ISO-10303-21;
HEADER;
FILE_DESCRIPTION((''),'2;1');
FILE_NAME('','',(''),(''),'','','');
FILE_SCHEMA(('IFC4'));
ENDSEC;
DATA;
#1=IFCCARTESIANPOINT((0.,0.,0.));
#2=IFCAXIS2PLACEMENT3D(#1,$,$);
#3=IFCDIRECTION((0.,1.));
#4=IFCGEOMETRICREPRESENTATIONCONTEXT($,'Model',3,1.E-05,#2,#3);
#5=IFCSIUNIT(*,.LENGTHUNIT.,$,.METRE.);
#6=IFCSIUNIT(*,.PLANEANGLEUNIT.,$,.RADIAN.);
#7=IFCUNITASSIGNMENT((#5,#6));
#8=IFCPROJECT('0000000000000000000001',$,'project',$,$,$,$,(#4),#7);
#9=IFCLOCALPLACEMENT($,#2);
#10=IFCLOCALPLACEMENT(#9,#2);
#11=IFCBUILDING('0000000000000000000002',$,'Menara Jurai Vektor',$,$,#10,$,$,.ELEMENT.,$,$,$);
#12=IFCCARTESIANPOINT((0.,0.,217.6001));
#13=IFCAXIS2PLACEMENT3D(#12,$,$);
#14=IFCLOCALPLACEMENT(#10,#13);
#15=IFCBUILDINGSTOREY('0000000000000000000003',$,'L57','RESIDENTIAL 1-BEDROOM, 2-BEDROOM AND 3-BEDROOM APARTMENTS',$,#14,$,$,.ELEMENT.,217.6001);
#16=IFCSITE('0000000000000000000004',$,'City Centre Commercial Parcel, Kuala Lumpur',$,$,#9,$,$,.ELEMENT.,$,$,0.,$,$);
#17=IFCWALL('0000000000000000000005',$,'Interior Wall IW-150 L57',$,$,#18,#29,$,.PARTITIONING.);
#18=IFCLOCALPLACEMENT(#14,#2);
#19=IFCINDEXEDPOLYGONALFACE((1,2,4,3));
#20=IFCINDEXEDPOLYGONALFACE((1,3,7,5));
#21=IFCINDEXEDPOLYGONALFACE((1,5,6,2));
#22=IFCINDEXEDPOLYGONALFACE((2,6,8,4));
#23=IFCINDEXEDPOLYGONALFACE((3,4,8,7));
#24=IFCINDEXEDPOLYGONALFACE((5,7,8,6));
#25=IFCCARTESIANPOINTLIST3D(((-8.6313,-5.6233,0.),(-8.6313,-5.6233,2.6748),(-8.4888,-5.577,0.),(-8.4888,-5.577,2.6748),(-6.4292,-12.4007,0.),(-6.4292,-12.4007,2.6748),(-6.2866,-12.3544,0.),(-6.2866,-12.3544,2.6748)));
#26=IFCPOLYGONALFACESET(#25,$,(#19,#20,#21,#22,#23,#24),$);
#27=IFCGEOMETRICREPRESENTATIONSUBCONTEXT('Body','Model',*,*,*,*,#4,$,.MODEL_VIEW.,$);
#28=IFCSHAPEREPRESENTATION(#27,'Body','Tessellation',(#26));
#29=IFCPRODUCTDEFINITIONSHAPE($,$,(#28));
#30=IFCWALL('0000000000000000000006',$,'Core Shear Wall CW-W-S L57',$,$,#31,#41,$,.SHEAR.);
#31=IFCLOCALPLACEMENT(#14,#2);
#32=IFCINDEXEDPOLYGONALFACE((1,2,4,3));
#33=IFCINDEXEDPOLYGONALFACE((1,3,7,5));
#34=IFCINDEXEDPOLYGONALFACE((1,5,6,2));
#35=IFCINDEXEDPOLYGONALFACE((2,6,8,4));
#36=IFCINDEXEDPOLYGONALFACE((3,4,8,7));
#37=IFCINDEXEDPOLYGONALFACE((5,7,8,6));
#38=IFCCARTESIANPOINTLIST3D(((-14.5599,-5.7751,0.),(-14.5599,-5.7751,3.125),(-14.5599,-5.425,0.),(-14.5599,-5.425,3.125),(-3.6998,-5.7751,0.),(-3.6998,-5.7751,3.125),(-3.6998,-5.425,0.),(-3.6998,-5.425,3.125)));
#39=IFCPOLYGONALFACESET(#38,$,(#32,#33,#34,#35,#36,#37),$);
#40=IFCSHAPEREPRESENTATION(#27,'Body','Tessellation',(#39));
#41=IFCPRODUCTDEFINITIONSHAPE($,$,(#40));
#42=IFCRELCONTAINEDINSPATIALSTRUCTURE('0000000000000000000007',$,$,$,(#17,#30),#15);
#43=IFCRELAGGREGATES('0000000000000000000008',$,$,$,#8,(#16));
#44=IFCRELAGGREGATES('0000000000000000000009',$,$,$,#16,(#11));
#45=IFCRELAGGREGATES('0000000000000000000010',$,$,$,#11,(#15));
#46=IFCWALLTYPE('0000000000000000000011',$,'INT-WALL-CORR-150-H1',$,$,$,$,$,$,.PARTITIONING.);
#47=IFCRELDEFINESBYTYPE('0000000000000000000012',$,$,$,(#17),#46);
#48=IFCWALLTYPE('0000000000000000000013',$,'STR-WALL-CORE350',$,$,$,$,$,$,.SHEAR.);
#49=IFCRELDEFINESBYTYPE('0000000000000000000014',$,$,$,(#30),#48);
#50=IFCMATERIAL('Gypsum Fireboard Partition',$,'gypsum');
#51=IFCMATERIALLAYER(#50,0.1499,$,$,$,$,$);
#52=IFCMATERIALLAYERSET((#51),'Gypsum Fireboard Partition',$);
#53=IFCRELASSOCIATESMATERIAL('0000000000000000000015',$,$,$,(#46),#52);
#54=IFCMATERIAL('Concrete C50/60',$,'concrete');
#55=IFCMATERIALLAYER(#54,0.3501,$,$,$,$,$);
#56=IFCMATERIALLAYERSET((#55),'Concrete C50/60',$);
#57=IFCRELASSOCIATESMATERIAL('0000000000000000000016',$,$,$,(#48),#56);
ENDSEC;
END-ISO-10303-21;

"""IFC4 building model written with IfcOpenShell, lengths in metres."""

from ifc_helpers import new_model, si_unit, direction, frame, frame_2d, origin, place, context, subcontext, project, spatial, rectangle, extrude, material, layer, layer_set, type_object, element, save


model = new_model("IFC4")

# Units and contexts
model_context = context("Model", 3, precision=1e-05, world=origin(), true_north=direction((0.0, 1.0)))
body_context = subcontext(model_context, "Body", "Model", "MODEL_VIEW")
ifc_project = project(units=[si_unit("LENGTHUNIT", "METRE"), si_unit("PLANEANGLEUNIT", "RADIAN")], contexts=[model_context])

# Site, building, storey
site_placement = place(None, origin())
site = spatial("IfcSite", under=ifc_project, at=site_placement, Name="City Centre Commercial Parcel, Kuala Lumpur", CompositionType="ELEMENT", RefElevation=0.0)
building_placement = place(site_placement, origin())
building = spatial("IfcBuilding", under=site, at=building_placement, Name="Menara Jurai Vektor", CompositionType="ELEMENT")
storey_placement = place(building_placement, frame((0.0, 0.0, 217.6001)))
storey = spatial("IfcBuildingStorey", under=building, at=storey_placement, Name="L57", Description="RESIDENTIAL 1-BEDROOM, 2-BEDROOM AND 3-BEDROOM APARTMENTS", CompositionType="ELEMENT", Elevation=217.6001)

# Shared definitions
ifc_material_1 = material(Name="Concrete C50/60", Category="concrete")

# Shared definitions
ifc_material_2 = material(Name="Gypsum Fireboard Partition", Category="gypsum")

# Walls
ifc_layer_1 = layer(ifc_material_2, 0.1499)
ifc_layer_set_1 = layer_set([ifc_layer_1], Name="Gypsum Fireboard Partition")
wall_type_1 = type_object("IfcWallType", Name="INT-WALL-CORR-150-H1", PredefinedType="PARTITIONING", material=ifc_layer_set_1)
wall_1_placement = place(storey_placement, frame((-6.3579, -12.3774, 0.0), z_axis=(0.0, 0.0, 1.0), x_axis=(-0.309024, 0.951054, 0.0)))
element("IfcWall", 1, at=wall_1_placement, inside=storey, type_object=wall_type_1, Name="Interior Wall IW-150 L57", PredefinedType="PARTITIONING", context=body_context, shape_type="SweptSolid", body=[
    extrude(rectangle(XDim=7.1262, YDim=0.1499, at=frame_2d((3.563, 0.0))), origin(), (0.0, 0.0, 1.0), 2.6748),
])
ifc_layer_2 = layer(ifc_material_1, 0.3501)
ifc_layer_set_2 = layer_set([ifc_layer_2], Name="Concrete C50/60")
wall_type_2 = type_object("IfcWallType", Name="STR-WALL-CORE350", PredefinedType="SHEAR", material=ifc_layer_set_2)
wall_2_placement = place(storey_placement, frame((-14.5601, -5.6001, 0.0), z_axis=(0.0, 0.0, 1.0), x_axis=(1.0, 0.0, 0.0)))
element("IfcWall", 2, at=wall_2_placement, inside=storey, type_object=wall_type_2, Name="Core Shear Wall CW-W-S L57", PredefinedType="SHEAR", context=body_context, shape_type="SweptSolid", body=[
    extrude(rectangle(XDim=10.8601, YDim=0.3501, at=frame_2d((5.4302, 0.0))), origin(), (0.0, 0.0, 1.0), 3.125),
])

save(model, "model.ifc")
